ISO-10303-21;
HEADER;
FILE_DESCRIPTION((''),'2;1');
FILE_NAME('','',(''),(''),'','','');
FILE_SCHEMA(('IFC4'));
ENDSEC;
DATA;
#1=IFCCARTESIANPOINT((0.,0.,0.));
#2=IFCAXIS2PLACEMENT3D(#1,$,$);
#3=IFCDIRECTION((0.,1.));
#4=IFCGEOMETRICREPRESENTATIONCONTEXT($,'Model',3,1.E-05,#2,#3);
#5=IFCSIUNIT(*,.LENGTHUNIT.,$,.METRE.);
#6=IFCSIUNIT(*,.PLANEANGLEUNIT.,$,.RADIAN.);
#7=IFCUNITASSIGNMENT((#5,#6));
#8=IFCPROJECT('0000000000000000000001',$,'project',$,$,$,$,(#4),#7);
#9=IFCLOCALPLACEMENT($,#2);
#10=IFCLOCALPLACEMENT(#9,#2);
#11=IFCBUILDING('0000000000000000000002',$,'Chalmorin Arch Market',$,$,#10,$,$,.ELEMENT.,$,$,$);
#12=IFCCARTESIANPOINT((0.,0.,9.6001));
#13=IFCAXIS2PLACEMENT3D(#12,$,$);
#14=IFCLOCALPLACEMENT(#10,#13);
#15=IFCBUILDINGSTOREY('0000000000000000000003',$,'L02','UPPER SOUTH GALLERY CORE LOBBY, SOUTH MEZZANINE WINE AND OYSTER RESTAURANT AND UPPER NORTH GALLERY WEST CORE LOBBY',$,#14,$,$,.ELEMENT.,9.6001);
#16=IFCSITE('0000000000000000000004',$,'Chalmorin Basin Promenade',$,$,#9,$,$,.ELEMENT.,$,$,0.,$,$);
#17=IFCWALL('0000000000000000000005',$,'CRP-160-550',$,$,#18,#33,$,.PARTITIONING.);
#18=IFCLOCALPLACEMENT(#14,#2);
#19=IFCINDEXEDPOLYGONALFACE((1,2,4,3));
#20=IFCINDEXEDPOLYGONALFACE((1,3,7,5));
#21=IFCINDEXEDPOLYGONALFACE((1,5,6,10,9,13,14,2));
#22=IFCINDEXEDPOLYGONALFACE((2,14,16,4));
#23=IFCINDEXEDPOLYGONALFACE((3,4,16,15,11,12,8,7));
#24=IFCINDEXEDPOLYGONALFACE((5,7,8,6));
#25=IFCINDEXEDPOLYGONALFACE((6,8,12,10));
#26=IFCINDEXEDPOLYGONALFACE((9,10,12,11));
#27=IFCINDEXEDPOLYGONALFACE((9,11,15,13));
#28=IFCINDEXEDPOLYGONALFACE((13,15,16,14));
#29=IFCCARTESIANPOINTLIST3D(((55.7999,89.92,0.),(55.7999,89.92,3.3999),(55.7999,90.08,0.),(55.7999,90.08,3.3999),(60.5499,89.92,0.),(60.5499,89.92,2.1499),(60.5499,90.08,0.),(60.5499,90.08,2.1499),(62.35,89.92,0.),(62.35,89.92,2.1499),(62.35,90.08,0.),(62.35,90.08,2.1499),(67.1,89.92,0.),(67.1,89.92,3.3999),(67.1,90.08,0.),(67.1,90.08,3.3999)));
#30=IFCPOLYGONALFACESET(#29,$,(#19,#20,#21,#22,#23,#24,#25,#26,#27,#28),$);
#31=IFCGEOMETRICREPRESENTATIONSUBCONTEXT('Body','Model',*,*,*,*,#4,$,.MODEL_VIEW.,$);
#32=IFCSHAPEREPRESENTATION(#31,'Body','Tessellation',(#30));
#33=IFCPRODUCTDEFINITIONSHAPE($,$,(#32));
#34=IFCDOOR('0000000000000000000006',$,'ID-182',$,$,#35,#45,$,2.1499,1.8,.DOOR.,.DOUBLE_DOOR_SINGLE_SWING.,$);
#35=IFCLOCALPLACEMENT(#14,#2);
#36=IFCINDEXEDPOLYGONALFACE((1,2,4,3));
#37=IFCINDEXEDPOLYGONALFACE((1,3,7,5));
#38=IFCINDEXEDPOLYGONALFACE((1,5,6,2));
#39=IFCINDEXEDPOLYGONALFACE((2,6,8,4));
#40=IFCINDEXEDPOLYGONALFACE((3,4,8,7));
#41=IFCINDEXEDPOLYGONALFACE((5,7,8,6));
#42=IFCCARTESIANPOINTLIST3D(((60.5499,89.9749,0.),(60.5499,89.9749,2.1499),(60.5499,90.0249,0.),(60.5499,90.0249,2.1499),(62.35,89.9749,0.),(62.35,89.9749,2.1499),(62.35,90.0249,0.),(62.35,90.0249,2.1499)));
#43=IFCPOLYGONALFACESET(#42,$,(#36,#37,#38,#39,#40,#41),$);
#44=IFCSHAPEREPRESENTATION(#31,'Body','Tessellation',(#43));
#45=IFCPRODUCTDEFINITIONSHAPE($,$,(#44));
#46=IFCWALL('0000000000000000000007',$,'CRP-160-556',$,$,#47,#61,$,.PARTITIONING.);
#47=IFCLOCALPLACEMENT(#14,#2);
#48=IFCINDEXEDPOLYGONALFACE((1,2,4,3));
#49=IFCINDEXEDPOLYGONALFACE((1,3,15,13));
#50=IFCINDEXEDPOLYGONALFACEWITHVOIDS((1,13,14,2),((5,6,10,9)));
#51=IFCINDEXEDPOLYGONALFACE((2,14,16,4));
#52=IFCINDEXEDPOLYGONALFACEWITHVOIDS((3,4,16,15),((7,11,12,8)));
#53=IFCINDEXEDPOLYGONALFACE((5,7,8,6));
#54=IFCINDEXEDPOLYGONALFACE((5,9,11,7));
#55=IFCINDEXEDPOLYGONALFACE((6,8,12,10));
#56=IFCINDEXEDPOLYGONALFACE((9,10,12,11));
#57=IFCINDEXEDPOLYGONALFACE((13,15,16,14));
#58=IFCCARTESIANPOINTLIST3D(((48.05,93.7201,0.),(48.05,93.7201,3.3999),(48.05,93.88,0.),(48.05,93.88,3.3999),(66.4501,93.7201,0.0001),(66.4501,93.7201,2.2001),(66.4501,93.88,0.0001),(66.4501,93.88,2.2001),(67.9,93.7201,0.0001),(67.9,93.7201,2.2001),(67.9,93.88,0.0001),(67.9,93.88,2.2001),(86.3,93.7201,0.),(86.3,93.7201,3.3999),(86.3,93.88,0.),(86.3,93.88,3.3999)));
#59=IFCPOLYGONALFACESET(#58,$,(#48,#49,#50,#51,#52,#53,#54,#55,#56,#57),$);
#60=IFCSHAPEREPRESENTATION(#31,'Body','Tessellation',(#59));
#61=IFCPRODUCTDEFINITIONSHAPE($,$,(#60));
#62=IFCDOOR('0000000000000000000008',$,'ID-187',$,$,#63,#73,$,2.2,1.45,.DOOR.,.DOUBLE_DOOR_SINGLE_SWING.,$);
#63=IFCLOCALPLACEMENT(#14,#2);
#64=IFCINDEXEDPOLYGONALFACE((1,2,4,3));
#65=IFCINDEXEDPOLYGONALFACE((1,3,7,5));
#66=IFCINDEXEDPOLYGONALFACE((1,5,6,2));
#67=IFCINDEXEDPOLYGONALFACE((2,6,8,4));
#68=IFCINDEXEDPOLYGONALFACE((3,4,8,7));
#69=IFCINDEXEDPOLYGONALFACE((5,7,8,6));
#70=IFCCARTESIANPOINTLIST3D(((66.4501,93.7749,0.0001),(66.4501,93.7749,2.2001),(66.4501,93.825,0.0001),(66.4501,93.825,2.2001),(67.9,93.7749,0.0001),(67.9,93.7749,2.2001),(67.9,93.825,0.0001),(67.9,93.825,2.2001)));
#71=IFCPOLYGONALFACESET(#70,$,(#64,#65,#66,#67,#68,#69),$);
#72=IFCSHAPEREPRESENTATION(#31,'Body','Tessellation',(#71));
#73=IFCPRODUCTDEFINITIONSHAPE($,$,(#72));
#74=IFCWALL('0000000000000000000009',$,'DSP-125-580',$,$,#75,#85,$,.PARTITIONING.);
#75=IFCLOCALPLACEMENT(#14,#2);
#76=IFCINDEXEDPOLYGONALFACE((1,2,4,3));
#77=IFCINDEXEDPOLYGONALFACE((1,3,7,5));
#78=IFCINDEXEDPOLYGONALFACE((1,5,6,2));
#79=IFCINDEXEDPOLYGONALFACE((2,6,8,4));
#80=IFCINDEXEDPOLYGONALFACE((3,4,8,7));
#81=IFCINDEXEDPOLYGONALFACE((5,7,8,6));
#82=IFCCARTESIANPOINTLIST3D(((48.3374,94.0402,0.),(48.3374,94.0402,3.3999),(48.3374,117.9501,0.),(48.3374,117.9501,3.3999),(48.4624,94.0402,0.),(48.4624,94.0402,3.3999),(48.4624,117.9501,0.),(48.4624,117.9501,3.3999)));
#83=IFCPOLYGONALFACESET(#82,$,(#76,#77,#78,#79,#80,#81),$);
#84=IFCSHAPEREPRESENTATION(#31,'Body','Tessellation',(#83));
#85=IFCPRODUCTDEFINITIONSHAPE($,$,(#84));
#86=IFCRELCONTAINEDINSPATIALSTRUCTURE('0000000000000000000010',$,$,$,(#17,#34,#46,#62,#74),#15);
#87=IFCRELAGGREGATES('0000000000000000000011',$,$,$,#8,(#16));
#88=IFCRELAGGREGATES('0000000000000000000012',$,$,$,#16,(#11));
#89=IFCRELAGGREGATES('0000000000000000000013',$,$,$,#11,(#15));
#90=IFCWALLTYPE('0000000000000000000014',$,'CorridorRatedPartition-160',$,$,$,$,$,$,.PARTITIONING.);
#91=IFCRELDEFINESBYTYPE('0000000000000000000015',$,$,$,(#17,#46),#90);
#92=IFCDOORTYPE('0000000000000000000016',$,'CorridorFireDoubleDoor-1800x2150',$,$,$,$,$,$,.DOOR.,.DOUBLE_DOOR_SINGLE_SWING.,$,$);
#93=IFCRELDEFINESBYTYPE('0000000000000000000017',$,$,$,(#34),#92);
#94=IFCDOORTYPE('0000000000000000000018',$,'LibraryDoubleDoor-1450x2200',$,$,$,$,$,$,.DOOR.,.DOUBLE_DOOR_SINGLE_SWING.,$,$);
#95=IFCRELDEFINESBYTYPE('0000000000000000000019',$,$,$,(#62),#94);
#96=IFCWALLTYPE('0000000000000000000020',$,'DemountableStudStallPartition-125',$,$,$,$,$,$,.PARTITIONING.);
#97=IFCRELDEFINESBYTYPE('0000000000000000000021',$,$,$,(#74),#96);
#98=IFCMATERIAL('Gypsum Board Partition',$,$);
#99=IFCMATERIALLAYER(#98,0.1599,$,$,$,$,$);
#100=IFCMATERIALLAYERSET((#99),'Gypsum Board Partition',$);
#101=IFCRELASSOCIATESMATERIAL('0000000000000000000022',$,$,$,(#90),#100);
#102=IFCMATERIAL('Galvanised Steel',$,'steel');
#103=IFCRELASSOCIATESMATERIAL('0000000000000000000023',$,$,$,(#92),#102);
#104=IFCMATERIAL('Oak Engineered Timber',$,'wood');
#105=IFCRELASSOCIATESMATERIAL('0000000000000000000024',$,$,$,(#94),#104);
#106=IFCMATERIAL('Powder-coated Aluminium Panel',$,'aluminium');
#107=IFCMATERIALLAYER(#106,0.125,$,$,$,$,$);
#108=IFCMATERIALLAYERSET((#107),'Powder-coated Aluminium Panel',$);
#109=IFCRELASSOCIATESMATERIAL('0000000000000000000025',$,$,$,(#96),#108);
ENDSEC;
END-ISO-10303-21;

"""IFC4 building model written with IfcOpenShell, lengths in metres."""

from ifc_helpers import new_model, si_unit, direction, frame, frame_2d, origin, place, context, subcontext, project, spatial, rectangle, extrude, material, layer, layer_set, type_object, element, fill, save


model = new_model("IFC4")

# Units and contexts
model_context = context("Model", 3, precision=1e-05, world=origin(), true_north=direction((0.0, 1.0)))
body_context = subcontext(model_context, "Body", "Model", "MODEL_VIEW")
ifc_project = project(units=[si_unit("LENGTHUNIT", "METRE"), si_unit("PLANEANGLEUNIT", "RADIAN")], contexts=[model_context])

# Site, building, storey
site_placement = place(None, origin())
site = spatial("IfcSite", under=ifc_project, at=site_placement, Name="Chalmorin Basin Promenade", CompositionType="ELEMENT", RefElevation=0.0)
building_placement = place(site_placement, origin())
building = spatial("IfcBuilding", under=site, at=building_placement, Name="Chalmorin Arch Market", CompositionType="ELEMENT")
storey_placement = place(building_placement, frame((0.0, 0.0, 9.6001)))
storey = spatial("IfcBuildingStorey", under=building, at=storey_placement, Name="L02", Description="UPPER SOUTH GALLERY CORE LOBBY, SOUTH MEZZANINE WINE AND OYSTER RESTAURANT AND UPPER NORTH GALLERY WEST CORE LOBBY", CompositionType="ELEMENT", Elevation=9.6001)

# Shared definitions
ifc_material_1 = material(Name="Powder-coated Aluminium Panel", Category="aluminium")

# Walls, openings, doors
ifc_material_2 = material(Name="Gypsum Board Partition")
ifc_layer_1 = layer(ifc_material_2, 0.1599)
ifc_layer_set_1 = layer_set([ifc_layer_1], Name="Gypsum Board Partition")
wall_type_1 = type_object("IfcWallType", Name="CorridorRatedPartition-160", PredefinedType="PARTITIONING", material=ifc_layer_set_1)
wall_1_placement = place(storey_placement, frame((55.8, 90.0, 0.0), z_axis=(0.0, 0.0, 1.0), x_axis=(1.0, 0.0, 0.0)))
wall_1 = element("IfcWall", 1, at=wall_1_placement, inside=storey, type_object=wall_type_1, Name="CRP-160-550", PredefinedType="PARTITIONING", context=body_context, shape_type="SweptSolid", body=[
    extrude(rectangle(XDim=11.3, YDim=0.1599, at=frame_2d((5.6499, 0.0))), origin(), (0.0, 0.0, 1.0), 3.3999),
])
opening_1_placement = place(wall_1_placement, frame((4.75, 0.0, 0.0)))
opening_1 = element("IfcOpeningElement", 2, at=opening_1_placement, cuts=wall_1, PredefinedType="OPENING", context=body_context, shape_type="SweptSolid", body=[
    extrude(rectangle(XDim=1.8, YDim=2.1499, at=frame_2d((0.8999, 1.075))), frame((0.0, 0.0898, 0.0), z_axis=(0.0, -1.0, 0.0), x_axis=(1.0, 0.0, 0.0)), (0.0, 0.0, 1.0), 0.1799),
])
ifc_material_3 = material(Name="Galvanised Steel", Category="steel")
door_type_1 = type_object("IfcDoorType", Name="CorridorFireDoubleDoor-1800x2150", OperationType="DOUBLE_DOOR_SINGLE_SWING", PredefinedType="DOOR", material=ifc_material_3)
door_1_placement = place(opening_1_placement, origin())
door_1 = element("IfcDoor", 3, at=door_1_placement, inside=storey, type_object=door_type_1, Name="ID-182", OperationType="DOUBLE_DOOR_SINGLE_SWING", OverallHeight=2.1499, OverallWidth=1.8, PredefinedType="DOOR", context=body_context, shape_type="SweptSolid", body=[
    extrude(rectangle(XDim=1.8, YDim=2.1499, at=frame_2d((0.8999, 1.075))), frame((0.0, 0.0249, 0.0), z_axis=(0.0, -1.0, 0.0), x_axis=(1.0, 0.0, 0.0)), (0.0, 0.0, 1.0), 0.05),
])
fill(opening_1, door_1)
wall_2_placement = place(storey_placement, frame((48.05, 93.8, 0.0), z_axis=(0.0, 0.0, 1.0), x_axis=(1.0, 0.0, 0.0)))
wall_2 = element("IfcWall", 4, at=wall_2_placement, inside=storey, type_object=wall_type_1, Name="CRP-160-556", PredefinedType="PARTITIONING", context=body_context, shape_type="SweptSolid", body=[
    extrude(rectangle(XDim=38.25, YDim=0.1599, at=frame_2d((19.125, 0.0))), origin(), (0.0, 0.0, 1.0), 3.3999),
])
opening_2_placement = place(wall_2_placement, frame((18.3999, 0.0, 0.0)))
opening_2 = element("IfcOpeningElement", 5, at=opening_2_placement, cuts=wall_2, PredefinedType="OPENING", context=body_context, shape_type="SweptSolid", body=[
    extrude(rectangle(XDim=1.45, YDim=2.2, at=frame_2d((0.7251, 1.1001))), frame((0.0, 0.0898, 0.0), z_axis=(0.0, -1.0, 0.0), x_axis=(1.0, 0.0, 0.0)), (0.0, 0.0, 1.0), 0.1799),
])
ifc_material_4 = material(Name="Oak Engineered Timber", Category="wood")
door_type_2 = type_object("IfcDoorType", Name="LibraryDoubleDoor-1450x2200", OperationType="DOUBLE_DOOR_SINGLE_SWING", PredefinedType="DOOR", material=ifc_material_4)
door_2_placement = place(opening_2_placement, origin())
door_2 = element("IfcDoor", 6, at=door_2_placement, inside=storey, type_object=door_type_2, Name="ID-187", OperationType="DOUBLE_DOOR_SINGLE_SWING", OverallHeight=2.2, OverallWidth=1.45, PredefinedType="DOOR", context=body_context, shape_type="SweptSolid", body=[
    extrude(rectangle(XDim=1.45, YDim=2.2, at=frame_2d((0.7251, 1.1001))), frame((0.0, 0.0249, 0.0), z_axis=(0.0, -1.0, 0.0), x_axis=(1.0, 0.0, 0.0)), (0.0, 0.0, 1.0), 0.05),
])
fill(opening_2, door_2)

# Wall
ifc_layer_2 = layer(ifc_material_1, 0.125)
ifc_layer_set_2 = layer_set([ifc_layer_2], Name="Powder-coated Aluminium Panel")
wall_type_2 = type_object("IfcWallType", Name="DemountableStudStallPartition-125", PredefinedType="PARTITIONING", material=ifc_layer_set_2)
wall_3_placement = place(storey_placement, frame((48.3999, 94.04, 0.0), z_axis=(0.0, 0.0, 1.0), x_axis=(0.0, 1.0, 0.0)))
element("IfcWall", 7, at=wall_3_placement, inside=storey, type_object=wall_type_2, Name="DSP-125-580", PredefinedType="PARTITIONING", context=body_context, shape_type="SweptSolid", body=[
    extrude(rectangle(XDim=23.9099, YDim=0.125, at=frame_2d((11.9551, 0.0))), origin(), (0.0, 0.0, 1.0), 3.3999),
])

save(model, "model.ifc")
